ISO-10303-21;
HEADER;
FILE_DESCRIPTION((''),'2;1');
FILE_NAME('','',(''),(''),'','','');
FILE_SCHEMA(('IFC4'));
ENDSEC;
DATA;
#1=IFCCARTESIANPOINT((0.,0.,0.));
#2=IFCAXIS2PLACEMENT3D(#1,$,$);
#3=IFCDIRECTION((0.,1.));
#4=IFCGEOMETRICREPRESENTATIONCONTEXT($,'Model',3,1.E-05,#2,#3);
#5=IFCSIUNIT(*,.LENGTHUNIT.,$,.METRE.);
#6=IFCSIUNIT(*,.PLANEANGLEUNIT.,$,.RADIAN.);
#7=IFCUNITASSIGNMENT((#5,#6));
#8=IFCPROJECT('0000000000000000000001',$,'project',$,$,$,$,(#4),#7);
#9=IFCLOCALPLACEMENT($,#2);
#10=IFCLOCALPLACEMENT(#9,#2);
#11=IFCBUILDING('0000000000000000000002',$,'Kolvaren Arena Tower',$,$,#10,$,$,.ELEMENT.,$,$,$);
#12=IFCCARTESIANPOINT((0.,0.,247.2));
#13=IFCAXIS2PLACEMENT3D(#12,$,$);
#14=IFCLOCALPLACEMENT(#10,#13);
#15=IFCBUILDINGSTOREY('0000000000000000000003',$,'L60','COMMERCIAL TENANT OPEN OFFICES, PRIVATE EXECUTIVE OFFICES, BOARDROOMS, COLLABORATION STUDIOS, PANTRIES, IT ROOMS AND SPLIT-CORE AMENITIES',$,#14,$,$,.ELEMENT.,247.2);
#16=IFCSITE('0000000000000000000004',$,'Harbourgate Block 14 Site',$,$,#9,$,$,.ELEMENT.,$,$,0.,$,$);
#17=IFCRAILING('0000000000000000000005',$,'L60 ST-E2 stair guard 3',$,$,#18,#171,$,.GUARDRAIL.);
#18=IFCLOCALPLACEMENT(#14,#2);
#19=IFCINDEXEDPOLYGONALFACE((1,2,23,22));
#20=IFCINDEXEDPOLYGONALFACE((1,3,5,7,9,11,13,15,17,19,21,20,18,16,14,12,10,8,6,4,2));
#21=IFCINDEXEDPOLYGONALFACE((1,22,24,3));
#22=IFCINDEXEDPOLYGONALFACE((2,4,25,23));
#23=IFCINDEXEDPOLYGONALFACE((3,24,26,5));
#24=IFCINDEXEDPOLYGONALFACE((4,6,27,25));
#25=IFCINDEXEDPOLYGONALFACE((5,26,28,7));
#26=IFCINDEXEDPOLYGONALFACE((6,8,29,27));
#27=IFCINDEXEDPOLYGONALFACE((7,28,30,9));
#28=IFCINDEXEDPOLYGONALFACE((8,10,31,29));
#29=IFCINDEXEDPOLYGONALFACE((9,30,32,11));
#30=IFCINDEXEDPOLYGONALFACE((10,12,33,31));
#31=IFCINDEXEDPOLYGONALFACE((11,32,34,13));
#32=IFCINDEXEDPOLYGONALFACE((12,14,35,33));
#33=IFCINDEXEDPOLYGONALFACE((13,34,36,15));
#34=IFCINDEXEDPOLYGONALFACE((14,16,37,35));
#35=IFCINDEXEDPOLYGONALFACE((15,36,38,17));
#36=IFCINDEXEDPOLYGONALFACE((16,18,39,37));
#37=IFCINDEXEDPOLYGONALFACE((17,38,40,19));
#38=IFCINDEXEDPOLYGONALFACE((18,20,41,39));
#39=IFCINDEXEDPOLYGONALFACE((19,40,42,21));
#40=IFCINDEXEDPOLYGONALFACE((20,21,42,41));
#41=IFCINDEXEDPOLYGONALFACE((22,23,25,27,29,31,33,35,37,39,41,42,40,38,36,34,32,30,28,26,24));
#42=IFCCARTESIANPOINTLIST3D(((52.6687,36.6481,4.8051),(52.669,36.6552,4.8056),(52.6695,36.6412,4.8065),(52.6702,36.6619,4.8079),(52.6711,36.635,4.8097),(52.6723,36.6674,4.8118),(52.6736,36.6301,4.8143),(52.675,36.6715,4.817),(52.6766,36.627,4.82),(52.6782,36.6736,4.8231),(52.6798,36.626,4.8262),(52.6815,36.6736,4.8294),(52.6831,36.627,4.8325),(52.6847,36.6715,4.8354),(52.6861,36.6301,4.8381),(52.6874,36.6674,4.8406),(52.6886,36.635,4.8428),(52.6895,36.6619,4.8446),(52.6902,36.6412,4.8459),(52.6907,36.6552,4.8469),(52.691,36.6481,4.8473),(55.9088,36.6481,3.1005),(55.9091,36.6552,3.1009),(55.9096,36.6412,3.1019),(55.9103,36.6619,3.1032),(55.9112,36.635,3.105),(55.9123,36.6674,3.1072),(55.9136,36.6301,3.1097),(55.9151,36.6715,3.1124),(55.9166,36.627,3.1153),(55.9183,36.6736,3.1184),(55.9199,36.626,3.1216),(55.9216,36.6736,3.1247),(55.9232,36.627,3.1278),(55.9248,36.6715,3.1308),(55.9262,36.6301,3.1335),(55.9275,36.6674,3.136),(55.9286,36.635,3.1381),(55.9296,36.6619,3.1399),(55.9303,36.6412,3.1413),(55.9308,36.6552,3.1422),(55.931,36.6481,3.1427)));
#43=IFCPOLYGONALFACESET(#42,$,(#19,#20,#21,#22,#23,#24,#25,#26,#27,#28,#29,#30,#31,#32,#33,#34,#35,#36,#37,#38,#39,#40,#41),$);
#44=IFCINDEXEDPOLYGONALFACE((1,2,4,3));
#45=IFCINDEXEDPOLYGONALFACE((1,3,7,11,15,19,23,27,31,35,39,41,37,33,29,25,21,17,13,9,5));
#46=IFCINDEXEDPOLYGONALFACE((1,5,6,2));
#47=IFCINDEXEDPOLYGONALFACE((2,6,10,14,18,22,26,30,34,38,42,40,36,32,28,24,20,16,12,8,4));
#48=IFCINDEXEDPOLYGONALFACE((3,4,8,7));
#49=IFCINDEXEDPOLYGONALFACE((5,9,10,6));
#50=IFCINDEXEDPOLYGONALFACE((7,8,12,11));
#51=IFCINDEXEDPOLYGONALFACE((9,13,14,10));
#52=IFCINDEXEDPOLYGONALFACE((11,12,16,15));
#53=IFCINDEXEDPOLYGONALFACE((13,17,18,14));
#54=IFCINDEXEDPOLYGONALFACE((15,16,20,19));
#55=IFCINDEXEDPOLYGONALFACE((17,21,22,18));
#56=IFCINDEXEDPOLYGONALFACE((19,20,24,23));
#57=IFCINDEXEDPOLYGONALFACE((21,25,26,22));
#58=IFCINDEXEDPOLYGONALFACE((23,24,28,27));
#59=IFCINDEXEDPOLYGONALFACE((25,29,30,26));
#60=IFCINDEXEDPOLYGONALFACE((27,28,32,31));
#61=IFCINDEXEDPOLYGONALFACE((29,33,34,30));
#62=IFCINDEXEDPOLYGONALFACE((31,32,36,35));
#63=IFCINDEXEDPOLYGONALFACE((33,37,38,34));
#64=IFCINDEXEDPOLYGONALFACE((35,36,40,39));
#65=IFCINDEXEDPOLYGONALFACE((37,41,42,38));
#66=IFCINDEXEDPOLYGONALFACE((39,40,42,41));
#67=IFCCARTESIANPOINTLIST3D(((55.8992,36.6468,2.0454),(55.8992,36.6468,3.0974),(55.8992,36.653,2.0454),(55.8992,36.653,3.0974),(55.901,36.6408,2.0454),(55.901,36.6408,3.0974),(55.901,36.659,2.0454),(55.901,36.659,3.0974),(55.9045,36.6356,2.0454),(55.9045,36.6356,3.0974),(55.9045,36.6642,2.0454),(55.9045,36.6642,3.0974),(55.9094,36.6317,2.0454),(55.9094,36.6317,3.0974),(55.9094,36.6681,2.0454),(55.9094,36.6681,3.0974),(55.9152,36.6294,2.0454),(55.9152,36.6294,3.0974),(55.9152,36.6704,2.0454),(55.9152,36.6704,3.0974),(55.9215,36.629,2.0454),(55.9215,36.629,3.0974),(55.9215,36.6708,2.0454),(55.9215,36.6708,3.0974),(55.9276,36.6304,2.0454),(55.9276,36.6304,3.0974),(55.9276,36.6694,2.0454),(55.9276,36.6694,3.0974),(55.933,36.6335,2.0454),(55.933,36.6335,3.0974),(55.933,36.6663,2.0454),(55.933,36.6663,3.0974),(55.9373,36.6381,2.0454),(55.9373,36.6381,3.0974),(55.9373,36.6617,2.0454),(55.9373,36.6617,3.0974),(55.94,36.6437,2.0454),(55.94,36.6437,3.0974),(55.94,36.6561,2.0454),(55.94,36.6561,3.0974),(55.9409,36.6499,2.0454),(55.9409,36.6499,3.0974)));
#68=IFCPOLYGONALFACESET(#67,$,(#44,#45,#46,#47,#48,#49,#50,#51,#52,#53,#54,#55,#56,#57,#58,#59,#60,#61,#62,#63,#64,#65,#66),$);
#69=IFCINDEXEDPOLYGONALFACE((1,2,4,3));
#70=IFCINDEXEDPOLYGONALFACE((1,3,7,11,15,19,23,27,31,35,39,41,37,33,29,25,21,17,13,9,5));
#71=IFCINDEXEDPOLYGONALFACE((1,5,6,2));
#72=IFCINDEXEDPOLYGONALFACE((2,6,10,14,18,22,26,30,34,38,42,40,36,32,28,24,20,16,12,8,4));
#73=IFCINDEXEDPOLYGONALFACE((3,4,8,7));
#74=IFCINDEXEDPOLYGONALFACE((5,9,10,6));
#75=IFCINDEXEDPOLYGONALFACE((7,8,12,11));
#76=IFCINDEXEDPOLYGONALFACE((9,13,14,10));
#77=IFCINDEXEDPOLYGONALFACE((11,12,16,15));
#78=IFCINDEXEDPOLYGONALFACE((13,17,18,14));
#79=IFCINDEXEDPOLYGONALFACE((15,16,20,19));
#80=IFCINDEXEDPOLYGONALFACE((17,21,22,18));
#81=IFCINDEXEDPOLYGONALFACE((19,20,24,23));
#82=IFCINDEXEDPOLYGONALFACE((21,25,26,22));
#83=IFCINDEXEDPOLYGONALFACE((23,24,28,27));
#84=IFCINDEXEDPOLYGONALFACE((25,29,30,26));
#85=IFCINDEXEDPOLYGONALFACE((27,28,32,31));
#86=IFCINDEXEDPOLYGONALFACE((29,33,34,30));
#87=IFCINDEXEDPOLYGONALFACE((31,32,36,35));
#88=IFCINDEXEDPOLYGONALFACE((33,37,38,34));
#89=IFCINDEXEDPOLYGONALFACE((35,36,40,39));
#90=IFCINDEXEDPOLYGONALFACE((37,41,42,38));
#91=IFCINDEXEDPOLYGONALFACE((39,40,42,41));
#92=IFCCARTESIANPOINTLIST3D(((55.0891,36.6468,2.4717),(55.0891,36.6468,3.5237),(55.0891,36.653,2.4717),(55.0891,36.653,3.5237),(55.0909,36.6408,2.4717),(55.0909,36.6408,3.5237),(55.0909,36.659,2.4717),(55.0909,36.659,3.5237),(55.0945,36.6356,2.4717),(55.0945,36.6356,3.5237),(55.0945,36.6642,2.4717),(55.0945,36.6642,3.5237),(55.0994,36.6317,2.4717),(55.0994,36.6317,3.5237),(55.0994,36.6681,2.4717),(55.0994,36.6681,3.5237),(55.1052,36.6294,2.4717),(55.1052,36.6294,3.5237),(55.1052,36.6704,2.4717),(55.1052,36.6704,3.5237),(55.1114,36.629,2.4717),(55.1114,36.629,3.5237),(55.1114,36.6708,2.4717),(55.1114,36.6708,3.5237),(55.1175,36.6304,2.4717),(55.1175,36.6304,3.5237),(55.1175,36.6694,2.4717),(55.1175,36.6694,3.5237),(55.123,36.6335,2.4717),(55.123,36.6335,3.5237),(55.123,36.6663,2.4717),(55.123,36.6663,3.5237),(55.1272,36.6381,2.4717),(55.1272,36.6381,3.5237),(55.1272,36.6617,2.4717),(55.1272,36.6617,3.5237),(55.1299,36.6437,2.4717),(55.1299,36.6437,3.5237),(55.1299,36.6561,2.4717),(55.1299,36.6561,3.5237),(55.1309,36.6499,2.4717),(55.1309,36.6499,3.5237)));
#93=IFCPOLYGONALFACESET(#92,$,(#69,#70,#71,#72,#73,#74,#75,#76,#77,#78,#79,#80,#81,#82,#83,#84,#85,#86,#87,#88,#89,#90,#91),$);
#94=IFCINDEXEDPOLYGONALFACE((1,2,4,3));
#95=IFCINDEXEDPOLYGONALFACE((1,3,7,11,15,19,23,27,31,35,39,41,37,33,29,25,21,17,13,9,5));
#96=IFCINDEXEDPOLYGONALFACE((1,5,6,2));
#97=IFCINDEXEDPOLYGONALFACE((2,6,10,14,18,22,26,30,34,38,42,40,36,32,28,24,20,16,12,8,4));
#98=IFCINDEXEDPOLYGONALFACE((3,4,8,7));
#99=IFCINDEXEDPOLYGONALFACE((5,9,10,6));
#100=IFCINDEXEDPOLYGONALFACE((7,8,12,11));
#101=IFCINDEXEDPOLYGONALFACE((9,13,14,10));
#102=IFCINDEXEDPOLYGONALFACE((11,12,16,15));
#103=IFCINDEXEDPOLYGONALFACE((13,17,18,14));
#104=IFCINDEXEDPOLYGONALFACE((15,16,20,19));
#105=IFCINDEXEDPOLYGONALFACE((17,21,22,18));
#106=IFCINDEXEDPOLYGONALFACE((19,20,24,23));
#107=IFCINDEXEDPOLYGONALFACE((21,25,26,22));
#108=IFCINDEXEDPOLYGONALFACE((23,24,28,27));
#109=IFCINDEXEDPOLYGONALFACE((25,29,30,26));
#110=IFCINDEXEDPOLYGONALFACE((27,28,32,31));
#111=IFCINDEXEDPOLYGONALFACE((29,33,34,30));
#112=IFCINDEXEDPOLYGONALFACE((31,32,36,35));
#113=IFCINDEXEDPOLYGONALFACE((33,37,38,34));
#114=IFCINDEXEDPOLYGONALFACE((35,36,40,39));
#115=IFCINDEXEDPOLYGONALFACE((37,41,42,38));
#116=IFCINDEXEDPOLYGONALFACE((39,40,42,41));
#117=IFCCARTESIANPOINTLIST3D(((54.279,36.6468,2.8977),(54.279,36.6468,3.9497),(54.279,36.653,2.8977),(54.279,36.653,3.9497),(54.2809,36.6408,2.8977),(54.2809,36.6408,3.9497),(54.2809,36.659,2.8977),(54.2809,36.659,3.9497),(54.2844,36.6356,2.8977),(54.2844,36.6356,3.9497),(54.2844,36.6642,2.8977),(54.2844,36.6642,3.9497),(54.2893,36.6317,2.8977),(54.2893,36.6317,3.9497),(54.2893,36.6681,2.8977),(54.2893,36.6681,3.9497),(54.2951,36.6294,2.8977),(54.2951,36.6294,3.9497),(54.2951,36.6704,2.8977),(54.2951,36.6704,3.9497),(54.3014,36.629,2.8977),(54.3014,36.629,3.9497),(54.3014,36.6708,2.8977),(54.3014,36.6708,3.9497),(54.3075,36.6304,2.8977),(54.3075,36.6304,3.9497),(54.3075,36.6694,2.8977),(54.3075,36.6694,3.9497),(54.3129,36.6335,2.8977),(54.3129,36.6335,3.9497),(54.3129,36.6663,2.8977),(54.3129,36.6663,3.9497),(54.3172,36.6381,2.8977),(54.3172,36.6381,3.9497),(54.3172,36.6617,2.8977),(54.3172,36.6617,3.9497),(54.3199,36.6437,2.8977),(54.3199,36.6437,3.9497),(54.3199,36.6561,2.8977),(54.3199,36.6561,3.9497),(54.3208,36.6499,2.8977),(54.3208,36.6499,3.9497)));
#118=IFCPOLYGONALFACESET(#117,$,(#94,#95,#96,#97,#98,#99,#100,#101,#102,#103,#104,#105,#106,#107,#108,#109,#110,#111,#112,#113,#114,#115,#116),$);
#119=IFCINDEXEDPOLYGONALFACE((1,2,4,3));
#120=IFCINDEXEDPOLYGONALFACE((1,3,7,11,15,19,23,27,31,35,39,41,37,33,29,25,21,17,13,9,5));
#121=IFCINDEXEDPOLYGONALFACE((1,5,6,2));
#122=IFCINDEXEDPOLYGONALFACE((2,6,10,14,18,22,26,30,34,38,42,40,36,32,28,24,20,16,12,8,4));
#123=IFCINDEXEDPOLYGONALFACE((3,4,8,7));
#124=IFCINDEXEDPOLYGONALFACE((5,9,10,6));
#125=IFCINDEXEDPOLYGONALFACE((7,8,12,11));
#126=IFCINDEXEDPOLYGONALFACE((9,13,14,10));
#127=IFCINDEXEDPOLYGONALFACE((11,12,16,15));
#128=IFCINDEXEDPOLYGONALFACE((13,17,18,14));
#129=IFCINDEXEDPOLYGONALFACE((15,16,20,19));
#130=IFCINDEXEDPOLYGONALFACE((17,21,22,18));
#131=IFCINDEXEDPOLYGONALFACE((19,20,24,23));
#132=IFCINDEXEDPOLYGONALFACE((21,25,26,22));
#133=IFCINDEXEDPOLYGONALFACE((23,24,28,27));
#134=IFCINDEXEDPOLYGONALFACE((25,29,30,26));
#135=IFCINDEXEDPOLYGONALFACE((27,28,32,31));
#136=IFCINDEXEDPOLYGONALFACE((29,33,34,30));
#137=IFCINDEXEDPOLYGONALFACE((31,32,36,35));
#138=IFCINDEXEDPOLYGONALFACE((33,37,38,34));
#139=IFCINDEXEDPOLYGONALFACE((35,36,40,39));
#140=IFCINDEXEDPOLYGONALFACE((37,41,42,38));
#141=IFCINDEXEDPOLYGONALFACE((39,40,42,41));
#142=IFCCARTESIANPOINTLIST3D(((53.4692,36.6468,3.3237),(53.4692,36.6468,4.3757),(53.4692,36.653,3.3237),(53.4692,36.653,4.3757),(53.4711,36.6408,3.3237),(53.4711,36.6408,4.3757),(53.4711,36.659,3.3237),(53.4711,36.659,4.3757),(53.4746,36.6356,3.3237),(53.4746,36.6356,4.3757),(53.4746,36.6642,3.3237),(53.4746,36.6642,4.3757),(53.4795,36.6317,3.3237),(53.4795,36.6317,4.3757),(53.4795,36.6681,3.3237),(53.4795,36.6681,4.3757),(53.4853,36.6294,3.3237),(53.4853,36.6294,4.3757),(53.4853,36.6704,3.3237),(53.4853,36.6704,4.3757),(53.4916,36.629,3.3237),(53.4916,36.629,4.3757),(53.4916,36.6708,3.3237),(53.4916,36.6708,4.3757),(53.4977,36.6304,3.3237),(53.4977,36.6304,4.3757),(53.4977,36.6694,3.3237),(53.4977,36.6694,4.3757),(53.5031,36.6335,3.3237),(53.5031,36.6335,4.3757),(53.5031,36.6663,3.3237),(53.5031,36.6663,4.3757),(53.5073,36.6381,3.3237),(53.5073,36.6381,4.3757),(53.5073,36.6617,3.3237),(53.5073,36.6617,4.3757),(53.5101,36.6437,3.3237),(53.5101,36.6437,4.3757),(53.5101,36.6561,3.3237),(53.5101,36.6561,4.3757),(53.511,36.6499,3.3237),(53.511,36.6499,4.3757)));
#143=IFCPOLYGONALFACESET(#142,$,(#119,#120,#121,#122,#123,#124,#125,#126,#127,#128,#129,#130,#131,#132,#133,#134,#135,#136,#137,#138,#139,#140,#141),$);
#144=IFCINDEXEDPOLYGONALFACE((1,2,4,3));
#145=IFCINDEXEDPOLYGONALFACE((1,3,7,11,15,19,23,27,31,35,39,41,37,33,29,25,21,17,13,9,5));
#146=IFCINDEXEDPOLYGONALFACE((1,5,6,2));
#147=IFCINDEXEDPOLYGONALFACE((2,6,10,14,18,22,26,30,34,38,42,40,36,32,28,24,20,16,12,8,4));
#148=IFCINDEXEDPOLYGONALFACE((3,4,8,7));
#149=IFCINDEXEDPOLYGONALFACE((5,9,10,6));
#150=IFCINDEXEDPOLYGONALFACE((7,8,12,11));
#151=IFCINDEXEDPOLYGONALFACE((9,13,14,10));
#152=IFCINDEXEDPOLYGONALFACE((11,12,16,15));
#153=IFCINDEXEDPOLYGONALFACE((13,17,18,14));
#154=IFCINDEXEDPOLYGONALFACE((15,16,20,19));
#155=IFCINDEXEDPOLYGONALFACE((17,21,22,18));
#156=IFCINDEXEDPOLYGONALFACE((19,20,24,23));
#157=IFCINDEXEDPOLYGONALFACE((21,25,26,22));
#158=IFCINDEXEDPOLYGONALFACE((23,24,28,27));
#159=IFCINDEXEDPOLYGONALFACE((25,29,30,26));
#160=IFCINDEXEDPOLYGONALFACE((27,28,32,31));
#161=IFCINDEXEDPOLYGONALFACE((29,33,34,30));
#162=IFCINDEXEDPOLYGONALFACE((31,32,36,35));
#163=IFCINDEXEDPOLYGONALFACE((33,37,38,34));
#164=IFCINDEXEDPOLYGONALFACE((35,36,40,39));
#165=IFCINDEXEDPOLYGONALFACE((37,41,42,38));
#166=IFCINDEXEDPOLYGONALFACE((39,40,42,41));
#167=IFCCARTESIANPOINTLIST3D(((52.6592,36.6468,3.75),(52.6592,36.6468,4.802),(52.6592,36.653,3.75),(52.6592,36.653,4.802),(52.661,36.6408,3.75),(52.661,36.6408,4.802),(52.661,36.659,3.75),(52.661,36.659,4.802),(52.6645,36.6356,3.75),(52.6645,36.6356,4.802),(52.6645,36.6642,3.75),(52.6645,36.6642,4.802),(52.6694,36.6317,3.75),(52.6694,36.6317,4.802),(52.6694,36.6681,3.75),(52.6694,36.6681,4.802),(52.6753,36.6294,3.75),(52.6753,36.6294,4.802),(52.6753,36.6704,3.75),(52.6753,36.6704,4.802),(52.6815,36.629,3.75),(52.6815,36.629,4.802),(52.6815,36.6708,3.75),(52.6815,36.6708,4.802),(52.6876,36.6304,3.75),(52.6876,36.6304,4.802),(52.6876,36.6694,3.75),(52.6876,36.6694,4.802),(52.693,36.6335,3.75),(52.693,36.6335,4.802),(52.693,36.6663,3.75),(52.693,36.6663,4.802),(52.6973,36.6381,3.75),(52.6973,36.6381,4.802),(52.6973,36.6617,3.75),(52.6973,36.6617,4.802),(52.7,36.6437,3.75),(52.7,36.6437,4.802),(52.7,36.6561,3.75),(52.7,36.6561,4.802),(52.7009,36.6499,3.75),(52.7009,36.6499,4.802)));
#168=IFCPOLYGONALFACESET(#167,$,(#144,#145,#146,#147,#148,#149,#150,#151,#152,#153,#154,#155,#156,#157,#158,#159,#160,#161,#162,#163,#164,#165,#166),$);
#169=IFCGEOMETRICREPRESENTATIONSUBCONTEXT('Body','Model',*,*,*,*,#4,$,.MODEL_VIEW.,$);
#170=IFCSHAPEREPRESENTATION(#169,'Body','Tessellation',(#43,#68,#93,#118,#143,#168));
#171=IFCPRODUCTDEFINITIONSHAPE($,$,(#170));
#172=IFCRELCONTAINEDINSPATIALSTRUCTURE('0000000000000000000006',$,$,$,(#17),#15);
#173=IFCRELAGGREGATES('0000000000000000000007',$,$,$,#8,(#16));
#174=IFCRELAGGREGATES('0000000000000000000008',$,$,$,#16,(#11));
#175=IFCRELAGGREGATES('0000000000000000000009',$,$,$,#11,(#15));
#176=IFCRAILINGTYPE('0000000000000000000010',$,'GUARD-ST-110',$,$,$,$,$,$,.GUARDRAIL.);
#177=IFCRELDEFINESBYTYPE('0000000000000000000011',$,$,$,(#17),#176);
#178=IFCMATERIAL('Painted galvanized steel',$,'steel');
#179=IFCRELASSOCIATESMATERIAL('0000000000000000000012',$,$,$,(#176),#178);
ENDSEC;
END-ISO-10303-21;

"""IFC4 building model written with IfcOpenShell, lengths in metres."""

from ifc_helpers import new_model, si_unit, direction, frame, origin, origin_2d, place, context, subcontext, project, spatial, circle, extrude, material, type_object, element, save


model = new_model("IFC4")

# Units and contexts
model_context = context("Model", 3, precision=1e-05, world=origin(), true_north=direction((0.0, 1.0)))
body_context = subcontext(model_context, "Body", "Model", "MODEL_VIEW")
ifc_project = project(units=[si_unit("LENGTHUNIT", "METRE"), si_unit("PLANEANGLEUNIT", "RADIAN")], contexts=[model_context])

# Site, building, storey
site_placement = place(None, origin())
site = spatial("IfcSite", under=ifc_project, at=site_placement, Name="Harbourgate Block 14 Site", CompositionType="ELEMENT", RefElevation=0.0)
building_placement = place(site_placement, origin())
building = spatial("IfcBuilding", under=site, at=building_placement, Name="Kolvaren Arena Tower", CompositionType="ELEMENT")
storey_placement = place(building_placement, frame((0.0, 0.0, 247.2)))
storey = spatial("IfcBuildingStorey", under=building, at=storey_placement, Name="L60", Description="COMMERCIAL TENANT OPEN OFFICES, PRIVATE EXECUTIVE OFFICES, BOARDROOMS, COLLABORATION STUDIOS, PANTRIES, IT ROOMS AND SPLIT-CORE AMENITIES", CompositionType="ELEMENT", Elevation=247.2)

# Railing
ifc_material_1 = material(Name="Painted galvanized steel", Category="steel")
railing_type = type_object("IfcRailingType", Name="GUARD-ST-110", PredefinedType="GUARDRAIL", material=ifc_material_1)
railing_1_placement = place(storey_placement, frame((55.9199, 36.6499, 2.0454)))
element("IfcRailing", 1, at=railing_1_placement, inside=storey, type_object=railing_type, Name="L60 ST-E2 stair guard 3", PredefinedType="GUARDRAIL", context=body_context, shape_type="SweptSolid", body=[
    extrude(circle(Radius=0.0239, at=origin_2d()), frame((0.0, 0.0, 1.0762), z_axis=(-0.884993, 0.0, 0.465604), x_axis=(0.0, -1.0, 0.0)), (0.0, 0.0, 1.0), 3.6611),
    extrude(circle(Radius=0.021, at=origin_2d()), origin(), (0.0, 0.0, 1.0), 1.052),
    extrude(circle(Radius=0.021, at=origin_2d()), frame((-0.8101, 0.0, 0.4263)), (0.0, 0.0, 1.0), 1.052),
    extrude(circle(Radius=0.021, at=origin_2d()), frame((-1.6201, 0.0, 0.8523)), (0.0, 0.0, 1.0), 1.052),
    extrude(circle(Radius=0.021, at=origin_2d()), frame((-2.4299, 0.0, 1.2783)), (0.0, 0.0, 1.0), 1.052),
    extrude(circle(Radius=0.021, at=origin_2d()), frame((-3.24, 0.0, 1.7046)), (0.0, 0.0, 1.0), 1.052),
])

save(model, "model.ifc")
